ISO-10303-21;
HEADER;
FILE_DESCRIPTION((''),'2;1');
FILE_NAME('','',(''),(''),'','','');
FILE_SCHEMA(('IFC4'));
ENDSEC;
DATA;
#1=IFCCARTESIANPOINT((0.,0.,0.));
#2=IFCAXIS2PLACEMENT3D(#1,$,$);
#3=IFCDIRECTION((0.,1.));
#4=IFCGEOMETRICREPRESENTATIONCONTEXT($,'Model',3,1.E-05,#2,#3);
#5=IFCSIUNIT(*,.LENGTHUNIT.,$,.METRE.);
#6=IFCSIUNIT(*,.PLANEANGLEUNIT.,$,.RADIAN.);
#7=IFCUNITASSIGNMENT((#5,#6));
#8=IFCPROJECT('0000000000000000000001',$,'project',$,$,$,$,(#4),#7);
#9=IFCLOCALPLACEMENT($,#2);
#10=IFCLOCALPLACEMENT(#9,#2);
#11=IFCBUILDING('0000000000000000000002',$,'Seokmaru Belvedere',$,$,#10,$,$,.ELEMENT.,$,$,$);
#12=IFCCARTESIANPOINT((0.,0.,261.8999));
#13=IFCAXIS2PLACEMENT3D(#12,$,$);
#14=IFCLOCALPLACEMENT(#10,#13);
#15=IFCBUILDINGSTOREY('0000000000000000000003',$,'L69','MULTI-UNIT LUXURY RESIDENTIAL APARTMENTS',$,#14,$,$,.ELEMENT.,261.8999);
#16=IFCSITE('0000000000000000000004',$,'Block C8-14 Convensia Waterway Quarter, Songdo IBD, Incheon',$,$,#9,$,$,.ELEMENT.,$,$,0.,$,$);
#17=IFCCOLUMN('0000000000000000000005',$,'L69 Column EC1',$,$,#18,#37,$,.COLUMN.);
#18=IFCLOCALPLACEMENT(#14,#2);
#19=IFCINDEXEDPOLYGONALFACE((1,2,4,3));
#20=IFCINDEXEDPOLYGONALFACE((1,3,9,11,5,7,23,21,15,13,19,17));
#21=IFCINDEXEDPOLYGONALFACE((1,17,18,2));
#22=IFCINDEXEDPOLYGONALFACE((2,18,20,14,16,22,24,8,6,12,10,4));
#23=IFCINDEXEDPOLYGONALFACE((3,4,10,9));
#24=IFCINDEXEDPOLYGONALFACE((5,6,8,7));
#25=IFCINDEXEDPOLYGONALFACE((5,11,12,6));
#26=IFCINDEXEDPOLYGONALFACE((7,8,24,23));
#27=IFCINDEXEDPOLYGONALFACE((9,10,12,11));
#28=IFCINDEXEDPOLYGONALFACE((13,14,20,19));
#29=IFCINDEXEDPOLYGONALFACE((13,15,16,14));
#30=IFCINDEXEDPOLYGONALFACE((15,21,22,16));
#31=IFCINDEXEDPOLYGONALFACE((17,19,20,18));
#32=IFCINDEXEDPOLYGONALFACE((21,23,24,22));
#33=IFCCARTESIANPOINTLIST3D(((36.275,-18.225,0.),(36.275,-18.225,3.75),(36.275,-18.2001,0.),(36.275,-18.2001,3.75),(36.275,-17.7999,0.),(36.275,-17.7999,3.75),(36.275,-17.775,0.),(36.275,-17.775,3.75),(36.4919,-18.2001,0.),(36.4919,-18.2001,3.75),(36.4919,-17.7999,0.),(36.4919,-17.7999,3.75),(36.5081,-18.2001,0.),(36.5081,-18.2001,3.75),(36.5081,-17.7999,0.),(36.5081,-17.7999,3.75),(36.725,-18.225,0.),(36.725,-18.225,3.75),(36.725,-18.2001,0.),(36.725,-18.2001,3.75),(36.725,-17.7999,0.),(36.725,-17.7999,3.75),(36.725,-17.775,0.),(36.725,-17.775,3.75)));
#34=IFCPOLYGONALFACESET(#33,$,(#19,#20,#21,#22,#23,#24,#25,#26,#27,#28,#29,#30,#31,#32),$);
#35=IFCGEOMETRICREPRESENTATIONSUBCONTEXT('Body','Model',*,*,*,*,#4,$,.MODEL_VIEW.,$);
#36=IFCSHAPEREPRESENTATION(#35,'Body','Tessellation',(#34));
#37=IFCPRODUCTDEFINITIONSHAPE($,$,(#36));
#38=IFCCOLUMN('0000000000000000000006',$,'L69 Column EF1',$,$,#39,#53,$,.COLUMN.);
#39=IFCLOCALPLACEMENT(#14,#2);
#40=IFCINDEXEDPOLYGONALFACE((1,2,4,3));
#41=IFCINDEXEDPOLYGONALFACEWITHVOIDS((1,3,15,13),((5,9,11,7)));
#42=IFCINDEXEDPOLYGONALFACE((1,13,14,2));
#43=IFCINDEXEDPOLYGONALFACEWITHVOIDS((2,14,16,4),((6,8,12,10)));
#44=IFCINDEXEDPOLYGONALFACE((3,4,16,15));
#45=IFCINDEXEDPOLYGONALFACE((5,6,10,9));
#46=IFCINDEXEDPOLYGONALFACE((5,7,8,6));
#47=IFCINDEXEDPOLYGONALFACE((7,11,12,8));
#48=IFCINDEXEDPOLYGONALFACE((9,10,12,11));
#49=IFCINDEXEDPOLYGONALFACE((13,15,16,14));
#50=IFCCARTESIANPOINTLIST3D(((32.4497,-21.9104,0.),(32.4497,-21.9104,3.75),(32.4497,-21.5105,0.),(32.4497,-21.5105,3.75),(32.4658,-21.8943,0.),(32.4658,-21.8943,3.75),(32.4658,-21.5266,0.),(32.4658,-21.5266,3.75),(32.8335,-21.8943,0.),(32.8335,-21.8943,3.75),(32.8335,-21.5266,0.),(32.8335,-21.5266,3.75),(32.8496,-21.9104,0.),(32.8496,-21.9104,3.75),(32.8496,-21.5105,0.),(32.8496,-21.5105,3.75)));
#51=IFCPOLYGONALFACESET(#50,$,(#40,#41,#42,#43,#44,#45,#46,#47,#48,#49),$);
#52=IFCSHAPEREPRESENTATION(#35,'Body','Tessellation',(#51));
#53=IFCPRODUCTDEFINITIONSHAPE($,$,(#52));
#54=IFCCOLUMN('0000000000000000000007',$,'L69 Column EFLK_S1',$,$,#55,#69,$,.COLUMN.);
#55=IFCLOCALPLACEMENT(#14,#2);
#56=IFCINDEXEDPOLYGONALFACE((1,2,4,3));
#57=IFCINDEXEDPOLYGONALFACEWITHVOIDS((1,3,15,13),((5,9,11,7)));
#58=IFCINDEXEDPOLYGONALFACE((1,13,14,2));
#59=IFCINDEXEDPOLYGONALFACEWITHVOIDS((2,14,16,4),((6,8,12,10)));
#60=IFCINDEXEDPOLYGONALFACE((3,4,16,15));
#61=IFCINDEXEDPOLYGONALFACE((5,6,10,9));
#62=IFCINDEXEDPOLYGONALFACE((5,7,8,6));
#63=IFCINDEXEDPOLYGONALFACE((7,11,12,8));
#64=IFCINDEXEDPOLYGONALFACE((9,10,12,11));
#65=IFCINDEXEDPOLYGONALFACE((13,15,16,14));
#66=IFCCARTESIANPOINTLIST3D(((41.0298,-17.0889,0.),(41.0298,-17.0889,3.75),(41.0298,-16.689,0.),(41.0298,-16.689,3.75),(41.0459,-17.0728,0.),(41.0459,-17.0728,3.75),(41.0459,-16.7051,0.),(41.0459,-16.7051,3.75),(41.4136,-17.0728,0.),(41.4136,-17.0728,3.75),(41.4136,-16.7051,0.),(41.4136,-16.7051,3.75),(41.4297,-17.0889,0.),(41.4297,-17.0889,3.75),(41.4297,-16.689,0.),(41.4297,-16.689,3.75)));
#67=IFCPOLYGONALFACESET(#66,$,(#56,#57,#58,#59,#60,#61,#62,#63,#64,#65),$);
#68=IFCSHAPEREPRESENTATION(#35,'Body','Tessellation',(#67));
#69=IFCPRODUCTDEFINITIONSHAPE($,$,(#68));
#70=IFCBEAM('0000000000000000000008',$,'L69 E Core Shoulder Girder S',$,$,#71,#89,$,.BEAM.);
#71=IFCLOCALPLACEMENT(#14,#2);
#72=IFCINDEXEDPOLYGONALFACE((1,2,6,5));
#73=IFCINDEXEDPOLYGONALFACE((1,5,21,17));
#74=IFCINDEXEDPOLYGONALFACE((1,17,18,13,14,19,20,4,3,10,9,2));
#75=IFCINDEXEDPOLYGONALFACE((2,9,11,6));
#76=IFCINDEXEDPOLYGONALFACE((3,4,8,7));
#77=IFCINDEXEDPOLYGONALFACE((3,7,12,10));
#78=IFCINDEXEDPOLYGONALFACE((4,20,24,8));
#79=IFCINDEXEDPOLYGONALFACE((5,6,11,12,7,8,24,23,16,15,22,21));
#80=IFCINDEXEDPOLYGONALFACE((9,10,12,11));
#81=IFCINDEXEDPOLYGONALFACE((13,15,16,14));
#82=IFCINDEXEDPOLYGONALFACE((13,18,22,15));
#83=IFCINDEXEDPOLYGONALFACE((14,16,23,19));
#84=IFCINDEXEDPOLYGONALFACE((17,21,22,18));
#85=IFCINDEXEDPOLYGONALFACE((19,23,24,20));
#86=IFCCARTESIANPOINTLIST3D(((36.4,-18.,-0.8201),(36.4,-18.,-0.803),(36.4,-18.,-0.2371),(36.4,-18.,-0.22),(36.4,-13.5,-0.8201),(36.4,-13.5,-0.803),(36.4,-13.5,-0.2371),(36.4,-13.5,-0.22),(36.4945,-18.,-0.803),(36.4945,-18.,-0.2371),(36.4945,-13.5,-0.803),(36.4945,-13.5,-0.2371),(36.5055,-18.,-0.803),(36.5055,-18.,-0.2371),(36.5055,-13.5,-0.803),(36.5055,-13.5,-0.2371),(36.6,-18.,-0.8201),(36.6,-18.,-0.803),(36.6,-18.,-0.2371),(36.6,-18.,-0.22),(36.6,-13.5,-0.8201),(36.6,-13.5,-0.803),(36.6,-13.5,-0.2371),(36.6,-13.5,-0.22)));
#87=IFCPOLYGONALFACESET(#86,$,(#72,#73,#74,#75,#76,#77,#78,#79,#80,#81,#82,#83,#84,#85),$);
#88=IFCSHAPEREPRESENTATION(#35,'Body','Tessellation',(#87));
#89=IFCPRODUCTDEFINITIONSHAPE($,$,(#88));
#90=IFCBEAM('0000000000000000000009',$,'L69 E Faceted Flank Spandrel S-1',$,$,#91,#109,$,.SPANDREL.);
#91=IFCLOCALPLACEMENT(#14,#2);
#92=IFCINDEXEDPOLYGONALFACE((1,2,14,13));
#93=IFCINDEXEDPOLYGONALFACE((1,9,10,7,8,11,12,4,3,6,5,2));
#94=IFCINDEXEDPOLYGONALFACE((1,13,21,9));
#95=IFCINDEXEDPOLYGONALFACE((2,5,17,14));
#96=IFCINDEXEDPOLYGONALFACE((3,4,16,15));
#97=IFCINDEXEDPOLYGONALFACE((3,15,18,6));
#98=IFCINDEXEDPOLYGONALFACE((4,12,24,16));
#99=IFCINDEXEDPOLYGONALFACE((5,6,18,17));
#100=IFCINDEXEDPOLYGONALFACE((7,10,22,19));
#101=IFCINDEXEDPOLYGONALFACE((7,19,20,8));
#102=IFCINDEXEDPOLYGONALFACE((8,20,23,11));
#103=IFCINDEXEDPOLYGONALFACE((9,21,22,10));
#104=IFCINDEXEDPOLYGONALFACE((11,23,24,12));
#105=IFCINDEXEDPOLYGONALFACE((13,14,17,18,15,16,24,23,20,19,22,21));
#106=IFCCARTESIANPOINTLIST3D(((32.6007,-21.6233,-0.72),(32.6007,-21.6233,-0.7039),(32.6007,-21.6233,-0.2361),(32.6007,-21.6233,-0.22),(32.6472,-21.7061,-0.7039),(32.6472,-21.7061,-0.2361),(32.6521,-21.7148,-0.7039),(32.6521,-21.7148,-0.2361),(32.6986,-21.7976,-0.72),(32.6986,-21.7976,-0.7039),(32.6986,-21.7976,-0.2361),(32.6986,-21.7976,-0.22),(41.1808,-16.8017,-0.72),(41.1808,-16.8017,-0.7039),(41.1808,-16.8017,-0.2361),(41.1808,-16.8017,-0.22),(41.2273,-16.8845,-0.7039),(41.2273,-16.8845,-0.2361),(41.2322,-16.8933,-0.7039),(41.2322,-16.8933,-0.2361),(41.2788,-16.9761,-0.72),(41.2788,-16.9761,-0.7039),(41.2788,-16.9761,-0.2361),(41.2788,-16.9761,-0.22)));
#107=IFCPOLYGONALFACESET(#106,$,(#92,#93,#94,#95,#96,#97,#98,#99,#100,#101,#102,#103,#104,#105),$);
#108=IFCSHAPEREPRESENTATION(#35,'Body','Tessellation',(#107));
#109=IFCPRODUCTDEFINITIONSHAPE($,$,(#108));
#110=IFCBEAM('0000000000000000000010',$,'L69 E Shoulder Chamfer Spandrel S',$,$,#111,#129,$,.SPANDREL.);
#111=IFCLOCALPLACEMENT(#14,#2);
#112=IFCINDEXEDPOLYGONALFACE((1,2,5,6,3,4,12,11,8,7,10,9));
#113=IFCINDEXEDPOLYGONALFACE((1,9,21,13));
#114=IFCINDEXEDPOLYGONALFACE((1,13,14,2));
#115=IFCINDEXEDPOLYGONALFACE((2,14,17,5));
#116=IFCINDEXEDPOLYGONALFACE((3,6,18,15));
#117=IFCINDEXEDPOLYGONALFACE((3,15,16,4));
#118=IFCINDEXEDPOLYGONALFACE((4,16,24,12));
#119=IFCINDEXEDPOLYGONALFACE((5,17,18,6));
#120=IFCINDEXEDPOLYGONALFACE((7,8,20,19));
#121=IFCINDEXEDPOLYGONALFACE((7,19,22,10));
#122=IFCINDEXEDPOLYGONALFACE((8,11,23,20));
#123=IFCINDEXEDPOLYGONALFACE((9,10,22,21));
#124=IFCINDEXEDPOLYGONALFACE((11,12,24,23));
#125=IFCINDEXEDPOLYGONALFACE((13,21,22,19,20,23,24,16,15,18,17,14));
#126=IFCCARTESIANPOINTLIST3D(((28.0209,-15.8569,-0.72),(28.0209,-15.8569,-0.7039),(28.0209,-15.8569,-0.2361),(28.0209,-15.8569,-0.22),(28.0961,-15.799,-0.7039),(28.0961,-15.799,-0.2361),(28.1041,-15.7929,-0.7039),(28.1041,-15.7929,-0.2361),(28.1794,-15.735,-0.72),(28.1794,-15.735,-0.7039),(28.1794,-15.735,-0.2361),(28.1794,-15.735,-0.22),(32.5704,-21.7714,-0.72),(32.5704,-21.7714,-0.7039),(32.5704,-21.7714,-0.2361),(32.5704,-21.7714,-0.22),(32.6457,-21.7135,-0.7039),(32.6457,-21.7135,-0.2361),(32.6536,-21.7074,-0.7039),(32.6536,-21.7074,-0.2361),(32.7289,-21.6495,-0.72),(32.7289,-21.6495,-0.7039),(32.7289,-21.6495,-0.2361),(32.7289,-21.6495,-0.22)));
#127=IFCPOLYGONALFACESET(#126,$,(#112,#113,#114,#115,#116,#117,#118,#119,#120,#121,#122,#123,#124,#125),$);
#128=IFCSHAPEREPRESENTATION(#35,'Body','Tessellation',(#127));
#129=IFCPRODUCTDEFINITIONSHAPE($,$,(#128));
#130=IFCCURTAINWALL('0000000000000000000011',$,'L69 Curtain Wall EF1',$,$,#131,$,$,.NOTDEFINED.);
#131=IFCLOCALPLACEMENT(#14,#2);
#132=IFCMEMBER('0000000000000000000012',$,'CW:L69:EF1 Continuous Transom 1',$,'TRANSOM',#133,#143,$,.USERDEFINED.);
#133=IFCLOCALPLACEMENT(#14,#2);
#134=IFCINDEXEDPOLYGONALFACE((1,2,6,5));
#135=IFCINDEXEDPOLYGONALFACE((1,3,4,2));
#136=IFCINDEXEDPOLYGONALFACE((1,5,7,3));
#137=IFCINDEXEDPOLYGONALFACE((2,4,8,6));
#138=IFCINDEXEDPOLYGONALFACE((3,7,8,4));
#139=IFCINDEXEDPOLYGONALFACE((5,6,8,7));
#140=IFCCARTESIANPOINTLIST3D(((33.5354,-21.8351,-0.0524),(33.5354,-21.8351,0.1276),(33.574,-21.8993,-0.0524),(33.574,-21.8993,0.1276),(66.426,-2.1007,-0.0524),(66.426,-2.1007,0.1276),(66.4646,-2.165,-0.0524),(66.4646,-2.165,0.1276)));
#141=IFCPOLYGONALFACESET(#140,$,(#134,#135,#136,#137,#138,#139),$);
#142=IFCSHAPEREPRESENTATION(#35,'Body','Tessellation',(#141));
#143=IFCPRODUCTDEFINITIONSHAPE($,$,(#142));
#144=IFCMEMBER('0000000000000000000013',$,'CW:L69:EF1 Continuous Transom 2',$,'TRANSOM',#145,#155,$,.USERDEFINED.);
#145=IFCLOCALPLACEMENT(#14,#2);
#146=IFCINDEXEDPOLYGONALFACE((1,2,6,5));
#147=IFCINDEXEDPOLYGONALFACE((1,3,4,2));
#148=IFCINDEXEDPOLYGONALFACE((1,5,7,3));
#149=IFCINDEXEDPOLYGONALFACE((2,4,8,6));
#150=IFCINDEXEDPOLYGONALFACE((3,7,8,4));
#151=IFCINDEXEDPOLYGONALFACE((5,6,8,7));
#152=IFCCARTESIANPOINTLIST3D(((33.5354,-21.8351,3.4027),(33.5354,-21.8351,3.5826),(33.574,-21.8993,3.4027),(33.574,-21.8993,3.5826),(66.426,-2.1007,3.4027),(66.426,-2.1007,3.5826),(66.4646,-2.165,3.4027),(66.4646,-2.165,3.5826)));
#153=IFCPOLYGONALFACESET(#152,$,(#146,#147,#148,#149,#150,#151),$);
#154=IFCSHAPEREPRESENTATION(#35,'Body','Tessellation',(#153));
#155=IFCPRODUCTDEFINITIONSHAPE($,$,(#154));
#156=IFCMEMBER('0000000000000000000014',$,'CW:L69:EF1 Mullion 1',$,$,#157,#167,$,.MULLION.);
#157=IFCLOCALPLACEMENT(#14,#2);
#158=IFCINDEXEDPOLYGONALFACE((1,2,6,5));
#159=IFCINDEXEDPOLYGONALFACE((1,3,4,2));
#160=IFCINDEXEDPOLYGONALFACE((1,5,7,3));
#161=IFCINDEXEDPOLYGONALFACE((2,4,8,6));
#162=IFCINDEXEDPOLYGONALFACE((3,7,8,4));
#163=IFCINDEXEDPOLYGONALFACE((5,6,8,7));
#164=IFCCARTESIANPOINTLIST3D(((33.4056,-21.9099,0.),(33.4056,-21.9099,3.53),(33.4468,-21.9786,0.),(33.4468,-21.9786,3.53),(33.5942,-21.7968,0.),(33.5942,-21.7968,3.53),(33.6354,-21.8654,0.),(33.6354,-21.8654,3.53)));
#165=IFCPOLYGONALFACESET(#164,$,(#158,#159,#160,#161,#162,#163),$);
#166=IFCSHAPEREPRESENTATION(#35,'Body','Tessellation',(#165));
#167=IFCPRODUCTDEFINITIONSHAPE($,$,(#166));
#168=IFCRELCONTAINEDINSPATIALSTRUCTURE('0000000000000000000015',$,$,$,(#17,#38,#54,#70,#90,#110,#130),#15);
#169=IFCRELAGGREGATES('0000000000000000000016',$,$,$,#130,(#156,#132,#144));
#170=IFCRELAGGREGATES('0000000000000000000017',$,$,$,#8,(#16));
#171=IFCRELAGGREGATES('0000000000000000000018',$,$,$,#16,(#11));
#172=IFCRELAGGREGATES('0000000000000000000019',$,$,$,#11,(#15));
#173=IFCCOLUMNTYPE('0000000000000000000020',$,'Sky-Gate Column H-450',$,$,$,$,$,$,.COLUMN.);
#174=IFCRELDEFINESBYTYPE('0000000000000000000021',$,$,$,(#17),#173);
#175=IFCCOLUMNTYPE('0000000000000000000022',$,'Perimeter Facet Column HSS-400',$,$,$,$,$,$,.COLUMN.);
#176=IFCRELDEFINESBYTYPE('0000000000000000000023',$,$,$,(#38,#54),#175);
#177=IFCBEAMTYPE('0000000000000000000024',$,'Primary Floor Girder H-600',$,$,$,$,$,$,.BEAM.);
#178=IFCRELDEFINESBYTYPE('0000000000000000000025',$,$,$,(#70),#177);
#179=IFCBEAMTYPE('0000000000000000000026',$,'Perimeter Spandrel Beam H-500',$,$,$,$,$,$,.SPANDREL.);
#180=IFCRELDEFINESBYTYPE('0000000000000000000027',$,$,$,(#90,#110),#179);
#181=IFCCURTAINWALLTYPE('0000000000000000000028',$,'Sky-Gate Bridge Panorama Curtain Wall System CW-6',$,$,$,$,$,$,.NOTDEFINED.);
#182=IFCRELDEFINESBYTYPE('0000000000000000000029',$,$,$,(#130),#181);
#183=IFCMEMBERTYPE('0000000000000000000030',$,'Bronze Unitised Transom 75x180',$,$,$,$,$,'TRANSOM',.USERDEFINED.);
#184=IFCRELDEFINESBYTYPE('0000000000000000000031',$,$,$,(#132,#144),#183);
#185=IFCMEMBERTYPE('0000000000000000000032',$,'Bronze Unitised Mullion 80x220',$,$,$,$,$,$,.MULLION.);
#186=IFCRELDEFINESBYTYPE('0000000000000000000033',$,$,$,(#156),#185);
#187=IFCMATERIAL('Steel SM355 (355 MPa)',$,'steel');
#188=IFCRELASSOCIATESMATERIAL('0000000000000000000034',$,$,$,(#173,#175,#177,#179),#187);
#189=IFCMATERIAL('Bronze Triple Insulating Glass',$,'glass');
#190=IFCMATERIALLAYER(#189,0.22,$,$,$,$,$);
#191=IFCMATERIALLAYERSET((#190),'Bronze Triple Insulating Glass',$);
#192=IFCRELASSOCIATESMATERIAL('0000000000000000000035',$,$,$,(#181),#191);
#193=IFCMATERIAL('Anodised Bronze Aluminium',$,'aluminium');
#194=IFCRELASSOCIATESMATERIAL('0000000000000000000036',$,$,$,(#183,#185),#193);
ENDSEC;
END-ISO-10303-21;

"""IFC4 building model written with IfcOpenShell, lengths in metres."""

from ifc_helpers import new_model, si_unit, direction, frame, origin, origin_2d, place, context, subcontext, project, spatial, rectangle, hollow_rectangle, i_section, extrude, source, transform, mapped, material, layer, layer_set, material_profile, profile_set, type_object, type_shapes, element, aggregate, save


model = new_model("IFC4")

# Units and contexts
model_context = context("Model", 3, precision=1e-05, world=origin(), true_north=direction((0.0, 1.0)))
body_context = subcontext(model_context, "Body", "Model", "MODEL_VIEW")
ifc_project = project(units=[si_unit("LENGTHUNIT", "METRE"), si_unit("PLANEANGLEUNIT", "RADIAN")], contexts=[model_context])

# Site, building, storey
site_placement = place(None, origin())
site = spatial("IfcSite", under=ifc_project, at=site_placement, Name="Block C8-14 Convensia Waterway Quarter, Songdo IBD, Incheon", CompositionType="ELEMENT", RefElevation=0.0)
building_placement = place(site_placement, origin())
building = spatial("IfcBuilding", under=site, at=building_placement, Name="Seokmaru Belvedere", CompositionType="ELEMENT")
storey_placement = place(building_placement, frame((0.0, 0.0, 261.8999)))
storey = spatial("IfcBuildingStorey", under=building, at=storey_placement, Name="L69", Description="MULTI-UNIT LUXURY RESIDENTIAL APARTMENTS", CompositionType="ELEMENT", Elevation=261.8999)

# Columns
ifc_material_1 = material(Name="Steel SM355 (355 MPa)", Category="steel")
ifc_material_profile_1 = material_profile(ifc_material_1, i_section(OverallWidth=0.45, OverallDepth=0.45, WebThickness=0.0161, FlangeThickness=0.0249, at=origin_2d()), Name="H-450x450x16x25")
ifc_profile_set_1 = profile_set([ifc_material_profile_1], Name="Steel SM355 (355 MPa)")
column_type_1 = type_object("IfcColumnType", Name="Sky-Gate Column H-450", PredefinedType="COLUMN", material=ifc_profile_set_1)
shared_shape_1 = source(origin(), body_context, "Body", "SweptSolid", [
    extrude(i_section(OverallWidth=0.45, OverallDepth=0.45, WebThickness=0.0161, FlangeThickness=0.0249, at=origin_2d()), origin(), (0.0, 0.0, 1.0), 3.75),
])
type_shapes(column_type_1, [shared_shape_1])
column_placement = place(storey_placement, frame((36.5, -18.0, 0.0), z_axis=(0.0, 0.0, 1.0), x_axis=(1.0, 0.0, 0.0)))
element("IfcColumn", 1, at=column_placement, inside=storey, type_object=column_type_1, Name="L69 Column EC1", PredefinedType="COLUMN", context=body_context, shape_type="MappedRepresentation", body=[
    mapped(shared_shape_1, transform((0.0, 0.0, 0.0), scale=1.0)),
])
ifc_material_profile_2 = material_profile(ifc_material_1, hollow_rectangle(XDim=0.3999, YDim=0.3999, WallThickness=0.0161, at=origin_2d()), Name="HSS-400x400x16")
ifc_profile_set_2 = profile_set([ifc_material_profile_2], Name="Steel SM355 (355 MPa)")
column_type_2 = type_object("IfcColumnType", Name="Perimeter Facet Column HSS-400", PredefinedType="COLUMN", material=ifc_profile_set_2)
shared_shape_2 = source(origin(), body_context, "Body", "SweptSolid", [
    extrude(hollow_rectangle(XDim=0.3999, YDim=0.3999, WallThickness=0.0161, at=origin_2d()), origin(), (0.0, 0.0, 1.0), 3.75),
])
type_shapes(column_type_2, [shared_shape_2])
for number, where, z_axis, x_axis, name in (
    (2, (32.6497, -21.7104, 0.0), (0.0, 0.0, 1.0), (1.0, 0.0, 0.0), "L69 Column EF1"),
    (3, (41.2297, -16.8889, 0.0), (0.0, 0.0, 1.0), (1.0, 0.0, 0.0), "L69 Column EFLK_S1"),
):
    element("IfcColumn", number, at=place(storey_placement, frame(where, z_axis=z_axis, x_axis=x_axis)), inside=storey, type_object=column_type_2, Name=name, PredefinedType="COLUMN", context=body_context, shape_type="MappedRepresentation", body=[
        mapped(shared_shape_2, transform((0.0, 0.0, 0.0), scale=1.0)),
    ])

# Beams
ifc_material_profile_3 = material_profile(ifc_material_1, i_section(OverallWidth=0.2, OverallDepth=0.6001, WebThickness=0.011, FlangeThickness=0.0171, at=origin_2d()), Name="H-600x200x11x17")
ifc_profile_set_3 = profile_set([ifc_material_profile_3], Name="Steel SM355 (355 MPa)")
beam_type_1 = type_object("IfcBeamType", Name="Primary Floor Girder H-600", PredefinedType="BEAM", material=ifc_profile_set_3)
shared_shape_3 = source(origin(), body_context, "Body", "SweptSolid", [
    extrude(i_section(OverallWidth=0.2, OverallDepth=0.6001, WebThickness=0.011, FlangeThickness=0.0171, at=origin_2d()), origin(), (0.0, 0.0, 1.0), 4.5),
])
type_shapes(beam_type_1, [shared_shape_3])
beam_1_placement = place(storey_placement, frame((36.5, -18.0, -0.52), z_axis=(0.0, 1.0, 0.0), x_axis=(-1.0, 0.0, 0.0)))
element("IfcBeam", 4, at=beam_1_placement, inside=storey, type_object=beam_type_1, Name="L69 E Core Shoulder Girder S", PredefinedType="BEAM", context=body_context, shape_type="MappedRepresentation", body=[
    mapped(shared_shape_3, transform((0.0, 0.0, 0.0), scale=1.0)),
])
ifc_material_profile_4 = material_profile(ifc_material_1, i_section(OverallWidth=0.2, OverallDepth=0.5, WebThickness=0.01, FlangeThickness=0.0161, at=origin_2d()), Name="H-500x200x10x16")
ifc_profile_set_4 = profile_set([ifc_material_profile_4], Name="Steel SM355 (355 MPa)")
beam_type_2 = type_object("IfcBeamType", Name="Perimeter Spandrel Beam H-500", PredefinedType="SPANDREL", material=ifc_profile_set_4)
shared_shape_4 = source(origin(), body_context, "Body", "SweptSolid", [
    extrude(i_section(OverallWidth=0.2, OverallDepth=0.5, WebThickness=0.01, FlangeThickness=0.0161, at=origin_2d()), origin(), (0.0, 0.0, 1.0), 9.842),
])
beam_2_placement = place(storey_placement, frame((32.6497, -21.7104, -0.47), z_axis=(0.871782, 0.489894, 0.0), x_axis=(-0.489894, 0.871782, 0.0)))
element("IfcBeam", 5, at=beam_2_placement, inside=storey, type_object=beam_type_2, Name="L69 E Faceted Flank Spandrel S-1", PredefinedType="SPANDREL", context=body_context, shape_type="MappedRepresentation", body=[
    mapped(shared_shape_4, transform((0.0, 0.0, 0.0), scale=1.0)),
])
shared_shape_5 = source(origin(), body_context, "Body", "SweptSolid", [
    extrude(i_section(OverallWidth=0.2, OverallDepth=0.5, WebThickness=0.01, FlangeThickness=0.0161, at=origin_2d()), origin(), (0.0, 0.0, 1.0), 7.4619),
])
type_shapes(beam_type_2, [shared_shape_4, shared_shape_5])
beam_3_placement = place(storey_placement, frame((32.6497, -21.7104, -0.47), z_axis=(-0.609703, 0.79263, 0.0), x_axis=(-0.79263, -0.609703, 0.0)))
element("IfcBeam", 6, at=beam_3_placement, inside=storey, type_object=beam_type_2, Name="L69 E Shoulder Chamfer Spandrel S", PredefinedType="SPANDREL", context=body_context, shape_type="MappedRepresentation", body=[
    mapped(shared_shape_5, transform((0.0, 0.0, 0.0), scale=1.0)),
])

# Curtain wall, members
ifc_material_2 = material(Name="Bronze Triple Insulating Glass", Category="glass")
ifc_layer_1 = layer(ifc_material_2, 0.22)
ifc_layer_set_1 = layer_set([ifc_layer_1], Name="Bronze Triple Insulating Glass")
curtain_wall_type = type_object("IfcCurtainWallType", Name="Sky-Gate Bridge Panorama Curtain Wall System CW-6", PredefinedType="NOTDEFINED", material=ifc_layer_set_1)
curtain_wall_1_placement = place(storey_placement, origin())
curtain_wall_1 = element("IfcCurtainWall", 7, at=curtain_wall_1_placement, inside=storey, type_object=curtain_wall_type, Name="L69 Curtain Wall EF1", PredefinedType="NOTDEFINED")
ifc_material_3 = material(Name="Anodised Bronze Aluminium", Category="aluminium")
ifc_material_profile_5 = material_profile(ifc_material_3, rectangle(XDim=0.075, YDim=0.1799, at=origin_2d()), Name="CW-T-75x180")
ifc_profile_set_5 = profile_set([ifc_material_profile_5], Name="Anodised Bronze Aluminium")
member_type_1 = type_object("IfcMemberType", Name="Bronze Unitised Transom 75x180", ElementType="TRANSOM", PredefinedType="USERDEFINED", material=ifc_profile_set_5)
shared_shape_6 = source(origin(), body_context, "Body", "SweptSolid", [
    extrude(rectangle(XDim=0.075, YDim=0.1799, at=origin_2d()), origin(), (0.0, 0.0, 1.0), 38.3567),
])
type_shapes(member_type_1, [shared_shape_6])
member_1_placement = place(storey_placement, frame((33.5547, -21.8672, 0.0376), z_axis=(0.857493, 0.514496, 0.0), x_axis=(-0.514496, 0.857493, 0.0)))
member_1 = element("IfcMember", 8, at=member_1_placement, type_object=member_type_1, Name="CW:L69:EF1 Continuous Transom 1", ObjectType="TRANSOM", PredefinedType="USERDEFINED", context=body_context, shape_type="MappedRepresentation", body=[
    mapped(shared_shape_6, transform((0.0, 0.0, 0.0), scale=1.0)),
])
member_2_placement = place(storey_placement, frame((33.5547, -21.8672, 3.4927), z_axis=(0.857493, 0.514496, 0.0), x_axis=(-0.514496, 0.857493, 0.0)))
member_2 = element("IfcMember", 9, at=member_2_placement, type_object=member_type_1, Name="CW:L69:EF1 Continuous Transom 2", ObjectType="TRANSOM", PredefinedType="USERDEFINED", context=body_context, shape_type="MappedRepresentation", body=[
    mapped(shared_shape_6, transform((0.0, 0.0, 0.0), scale=1.0)),
])
ifc_material_profile_6 = material_profile(ifc_material_3, rectangle(XDim=0.0801, YDim=0.22, at=origin_2d()), Name="CW-M-80x220")
ifc_profile_set_6 = profile_set([ifc_material_profile_6], Name="Anodised Bronze Aluminium")
member_type_2 = type_object("IfcMemberType", Name="Bronze Unitised Mullion 80x220", PredefinedType="MULLION", material=ifc_profile_set_6)
shared_shape_7 = source(origin(), body_context, "Body", "SweptSolid", [
    extrude(rectangle(XDim=0.0801, YDim=0.22, at=origin_2d()), origin(), (0.0, 0.0, 1.0), 3.53),
])
member_3_placement = place(storey_placement, frame((33.5205, -21.8877, 0.0), z_axis=(0.0, 0.0, 1.0), x_axis=(-0.514495, 0.857493, 0.0)))
member_3 = element("IfcMember", 10, at=member_3_placement, type_object=member_type_2, Name="CW:L69:EF1 Mullion 1", PredefinedType="MULLION", context=body_context, shape_type="MappedRepresentation", body=[
    mapped(shared_shape_7, transform((0.0, 0.0, 0.0), scale=1.0)),
])

aggregate(curtain_wall_1, [member_3, member_1, member_2])

save(model, "model.ifc")
